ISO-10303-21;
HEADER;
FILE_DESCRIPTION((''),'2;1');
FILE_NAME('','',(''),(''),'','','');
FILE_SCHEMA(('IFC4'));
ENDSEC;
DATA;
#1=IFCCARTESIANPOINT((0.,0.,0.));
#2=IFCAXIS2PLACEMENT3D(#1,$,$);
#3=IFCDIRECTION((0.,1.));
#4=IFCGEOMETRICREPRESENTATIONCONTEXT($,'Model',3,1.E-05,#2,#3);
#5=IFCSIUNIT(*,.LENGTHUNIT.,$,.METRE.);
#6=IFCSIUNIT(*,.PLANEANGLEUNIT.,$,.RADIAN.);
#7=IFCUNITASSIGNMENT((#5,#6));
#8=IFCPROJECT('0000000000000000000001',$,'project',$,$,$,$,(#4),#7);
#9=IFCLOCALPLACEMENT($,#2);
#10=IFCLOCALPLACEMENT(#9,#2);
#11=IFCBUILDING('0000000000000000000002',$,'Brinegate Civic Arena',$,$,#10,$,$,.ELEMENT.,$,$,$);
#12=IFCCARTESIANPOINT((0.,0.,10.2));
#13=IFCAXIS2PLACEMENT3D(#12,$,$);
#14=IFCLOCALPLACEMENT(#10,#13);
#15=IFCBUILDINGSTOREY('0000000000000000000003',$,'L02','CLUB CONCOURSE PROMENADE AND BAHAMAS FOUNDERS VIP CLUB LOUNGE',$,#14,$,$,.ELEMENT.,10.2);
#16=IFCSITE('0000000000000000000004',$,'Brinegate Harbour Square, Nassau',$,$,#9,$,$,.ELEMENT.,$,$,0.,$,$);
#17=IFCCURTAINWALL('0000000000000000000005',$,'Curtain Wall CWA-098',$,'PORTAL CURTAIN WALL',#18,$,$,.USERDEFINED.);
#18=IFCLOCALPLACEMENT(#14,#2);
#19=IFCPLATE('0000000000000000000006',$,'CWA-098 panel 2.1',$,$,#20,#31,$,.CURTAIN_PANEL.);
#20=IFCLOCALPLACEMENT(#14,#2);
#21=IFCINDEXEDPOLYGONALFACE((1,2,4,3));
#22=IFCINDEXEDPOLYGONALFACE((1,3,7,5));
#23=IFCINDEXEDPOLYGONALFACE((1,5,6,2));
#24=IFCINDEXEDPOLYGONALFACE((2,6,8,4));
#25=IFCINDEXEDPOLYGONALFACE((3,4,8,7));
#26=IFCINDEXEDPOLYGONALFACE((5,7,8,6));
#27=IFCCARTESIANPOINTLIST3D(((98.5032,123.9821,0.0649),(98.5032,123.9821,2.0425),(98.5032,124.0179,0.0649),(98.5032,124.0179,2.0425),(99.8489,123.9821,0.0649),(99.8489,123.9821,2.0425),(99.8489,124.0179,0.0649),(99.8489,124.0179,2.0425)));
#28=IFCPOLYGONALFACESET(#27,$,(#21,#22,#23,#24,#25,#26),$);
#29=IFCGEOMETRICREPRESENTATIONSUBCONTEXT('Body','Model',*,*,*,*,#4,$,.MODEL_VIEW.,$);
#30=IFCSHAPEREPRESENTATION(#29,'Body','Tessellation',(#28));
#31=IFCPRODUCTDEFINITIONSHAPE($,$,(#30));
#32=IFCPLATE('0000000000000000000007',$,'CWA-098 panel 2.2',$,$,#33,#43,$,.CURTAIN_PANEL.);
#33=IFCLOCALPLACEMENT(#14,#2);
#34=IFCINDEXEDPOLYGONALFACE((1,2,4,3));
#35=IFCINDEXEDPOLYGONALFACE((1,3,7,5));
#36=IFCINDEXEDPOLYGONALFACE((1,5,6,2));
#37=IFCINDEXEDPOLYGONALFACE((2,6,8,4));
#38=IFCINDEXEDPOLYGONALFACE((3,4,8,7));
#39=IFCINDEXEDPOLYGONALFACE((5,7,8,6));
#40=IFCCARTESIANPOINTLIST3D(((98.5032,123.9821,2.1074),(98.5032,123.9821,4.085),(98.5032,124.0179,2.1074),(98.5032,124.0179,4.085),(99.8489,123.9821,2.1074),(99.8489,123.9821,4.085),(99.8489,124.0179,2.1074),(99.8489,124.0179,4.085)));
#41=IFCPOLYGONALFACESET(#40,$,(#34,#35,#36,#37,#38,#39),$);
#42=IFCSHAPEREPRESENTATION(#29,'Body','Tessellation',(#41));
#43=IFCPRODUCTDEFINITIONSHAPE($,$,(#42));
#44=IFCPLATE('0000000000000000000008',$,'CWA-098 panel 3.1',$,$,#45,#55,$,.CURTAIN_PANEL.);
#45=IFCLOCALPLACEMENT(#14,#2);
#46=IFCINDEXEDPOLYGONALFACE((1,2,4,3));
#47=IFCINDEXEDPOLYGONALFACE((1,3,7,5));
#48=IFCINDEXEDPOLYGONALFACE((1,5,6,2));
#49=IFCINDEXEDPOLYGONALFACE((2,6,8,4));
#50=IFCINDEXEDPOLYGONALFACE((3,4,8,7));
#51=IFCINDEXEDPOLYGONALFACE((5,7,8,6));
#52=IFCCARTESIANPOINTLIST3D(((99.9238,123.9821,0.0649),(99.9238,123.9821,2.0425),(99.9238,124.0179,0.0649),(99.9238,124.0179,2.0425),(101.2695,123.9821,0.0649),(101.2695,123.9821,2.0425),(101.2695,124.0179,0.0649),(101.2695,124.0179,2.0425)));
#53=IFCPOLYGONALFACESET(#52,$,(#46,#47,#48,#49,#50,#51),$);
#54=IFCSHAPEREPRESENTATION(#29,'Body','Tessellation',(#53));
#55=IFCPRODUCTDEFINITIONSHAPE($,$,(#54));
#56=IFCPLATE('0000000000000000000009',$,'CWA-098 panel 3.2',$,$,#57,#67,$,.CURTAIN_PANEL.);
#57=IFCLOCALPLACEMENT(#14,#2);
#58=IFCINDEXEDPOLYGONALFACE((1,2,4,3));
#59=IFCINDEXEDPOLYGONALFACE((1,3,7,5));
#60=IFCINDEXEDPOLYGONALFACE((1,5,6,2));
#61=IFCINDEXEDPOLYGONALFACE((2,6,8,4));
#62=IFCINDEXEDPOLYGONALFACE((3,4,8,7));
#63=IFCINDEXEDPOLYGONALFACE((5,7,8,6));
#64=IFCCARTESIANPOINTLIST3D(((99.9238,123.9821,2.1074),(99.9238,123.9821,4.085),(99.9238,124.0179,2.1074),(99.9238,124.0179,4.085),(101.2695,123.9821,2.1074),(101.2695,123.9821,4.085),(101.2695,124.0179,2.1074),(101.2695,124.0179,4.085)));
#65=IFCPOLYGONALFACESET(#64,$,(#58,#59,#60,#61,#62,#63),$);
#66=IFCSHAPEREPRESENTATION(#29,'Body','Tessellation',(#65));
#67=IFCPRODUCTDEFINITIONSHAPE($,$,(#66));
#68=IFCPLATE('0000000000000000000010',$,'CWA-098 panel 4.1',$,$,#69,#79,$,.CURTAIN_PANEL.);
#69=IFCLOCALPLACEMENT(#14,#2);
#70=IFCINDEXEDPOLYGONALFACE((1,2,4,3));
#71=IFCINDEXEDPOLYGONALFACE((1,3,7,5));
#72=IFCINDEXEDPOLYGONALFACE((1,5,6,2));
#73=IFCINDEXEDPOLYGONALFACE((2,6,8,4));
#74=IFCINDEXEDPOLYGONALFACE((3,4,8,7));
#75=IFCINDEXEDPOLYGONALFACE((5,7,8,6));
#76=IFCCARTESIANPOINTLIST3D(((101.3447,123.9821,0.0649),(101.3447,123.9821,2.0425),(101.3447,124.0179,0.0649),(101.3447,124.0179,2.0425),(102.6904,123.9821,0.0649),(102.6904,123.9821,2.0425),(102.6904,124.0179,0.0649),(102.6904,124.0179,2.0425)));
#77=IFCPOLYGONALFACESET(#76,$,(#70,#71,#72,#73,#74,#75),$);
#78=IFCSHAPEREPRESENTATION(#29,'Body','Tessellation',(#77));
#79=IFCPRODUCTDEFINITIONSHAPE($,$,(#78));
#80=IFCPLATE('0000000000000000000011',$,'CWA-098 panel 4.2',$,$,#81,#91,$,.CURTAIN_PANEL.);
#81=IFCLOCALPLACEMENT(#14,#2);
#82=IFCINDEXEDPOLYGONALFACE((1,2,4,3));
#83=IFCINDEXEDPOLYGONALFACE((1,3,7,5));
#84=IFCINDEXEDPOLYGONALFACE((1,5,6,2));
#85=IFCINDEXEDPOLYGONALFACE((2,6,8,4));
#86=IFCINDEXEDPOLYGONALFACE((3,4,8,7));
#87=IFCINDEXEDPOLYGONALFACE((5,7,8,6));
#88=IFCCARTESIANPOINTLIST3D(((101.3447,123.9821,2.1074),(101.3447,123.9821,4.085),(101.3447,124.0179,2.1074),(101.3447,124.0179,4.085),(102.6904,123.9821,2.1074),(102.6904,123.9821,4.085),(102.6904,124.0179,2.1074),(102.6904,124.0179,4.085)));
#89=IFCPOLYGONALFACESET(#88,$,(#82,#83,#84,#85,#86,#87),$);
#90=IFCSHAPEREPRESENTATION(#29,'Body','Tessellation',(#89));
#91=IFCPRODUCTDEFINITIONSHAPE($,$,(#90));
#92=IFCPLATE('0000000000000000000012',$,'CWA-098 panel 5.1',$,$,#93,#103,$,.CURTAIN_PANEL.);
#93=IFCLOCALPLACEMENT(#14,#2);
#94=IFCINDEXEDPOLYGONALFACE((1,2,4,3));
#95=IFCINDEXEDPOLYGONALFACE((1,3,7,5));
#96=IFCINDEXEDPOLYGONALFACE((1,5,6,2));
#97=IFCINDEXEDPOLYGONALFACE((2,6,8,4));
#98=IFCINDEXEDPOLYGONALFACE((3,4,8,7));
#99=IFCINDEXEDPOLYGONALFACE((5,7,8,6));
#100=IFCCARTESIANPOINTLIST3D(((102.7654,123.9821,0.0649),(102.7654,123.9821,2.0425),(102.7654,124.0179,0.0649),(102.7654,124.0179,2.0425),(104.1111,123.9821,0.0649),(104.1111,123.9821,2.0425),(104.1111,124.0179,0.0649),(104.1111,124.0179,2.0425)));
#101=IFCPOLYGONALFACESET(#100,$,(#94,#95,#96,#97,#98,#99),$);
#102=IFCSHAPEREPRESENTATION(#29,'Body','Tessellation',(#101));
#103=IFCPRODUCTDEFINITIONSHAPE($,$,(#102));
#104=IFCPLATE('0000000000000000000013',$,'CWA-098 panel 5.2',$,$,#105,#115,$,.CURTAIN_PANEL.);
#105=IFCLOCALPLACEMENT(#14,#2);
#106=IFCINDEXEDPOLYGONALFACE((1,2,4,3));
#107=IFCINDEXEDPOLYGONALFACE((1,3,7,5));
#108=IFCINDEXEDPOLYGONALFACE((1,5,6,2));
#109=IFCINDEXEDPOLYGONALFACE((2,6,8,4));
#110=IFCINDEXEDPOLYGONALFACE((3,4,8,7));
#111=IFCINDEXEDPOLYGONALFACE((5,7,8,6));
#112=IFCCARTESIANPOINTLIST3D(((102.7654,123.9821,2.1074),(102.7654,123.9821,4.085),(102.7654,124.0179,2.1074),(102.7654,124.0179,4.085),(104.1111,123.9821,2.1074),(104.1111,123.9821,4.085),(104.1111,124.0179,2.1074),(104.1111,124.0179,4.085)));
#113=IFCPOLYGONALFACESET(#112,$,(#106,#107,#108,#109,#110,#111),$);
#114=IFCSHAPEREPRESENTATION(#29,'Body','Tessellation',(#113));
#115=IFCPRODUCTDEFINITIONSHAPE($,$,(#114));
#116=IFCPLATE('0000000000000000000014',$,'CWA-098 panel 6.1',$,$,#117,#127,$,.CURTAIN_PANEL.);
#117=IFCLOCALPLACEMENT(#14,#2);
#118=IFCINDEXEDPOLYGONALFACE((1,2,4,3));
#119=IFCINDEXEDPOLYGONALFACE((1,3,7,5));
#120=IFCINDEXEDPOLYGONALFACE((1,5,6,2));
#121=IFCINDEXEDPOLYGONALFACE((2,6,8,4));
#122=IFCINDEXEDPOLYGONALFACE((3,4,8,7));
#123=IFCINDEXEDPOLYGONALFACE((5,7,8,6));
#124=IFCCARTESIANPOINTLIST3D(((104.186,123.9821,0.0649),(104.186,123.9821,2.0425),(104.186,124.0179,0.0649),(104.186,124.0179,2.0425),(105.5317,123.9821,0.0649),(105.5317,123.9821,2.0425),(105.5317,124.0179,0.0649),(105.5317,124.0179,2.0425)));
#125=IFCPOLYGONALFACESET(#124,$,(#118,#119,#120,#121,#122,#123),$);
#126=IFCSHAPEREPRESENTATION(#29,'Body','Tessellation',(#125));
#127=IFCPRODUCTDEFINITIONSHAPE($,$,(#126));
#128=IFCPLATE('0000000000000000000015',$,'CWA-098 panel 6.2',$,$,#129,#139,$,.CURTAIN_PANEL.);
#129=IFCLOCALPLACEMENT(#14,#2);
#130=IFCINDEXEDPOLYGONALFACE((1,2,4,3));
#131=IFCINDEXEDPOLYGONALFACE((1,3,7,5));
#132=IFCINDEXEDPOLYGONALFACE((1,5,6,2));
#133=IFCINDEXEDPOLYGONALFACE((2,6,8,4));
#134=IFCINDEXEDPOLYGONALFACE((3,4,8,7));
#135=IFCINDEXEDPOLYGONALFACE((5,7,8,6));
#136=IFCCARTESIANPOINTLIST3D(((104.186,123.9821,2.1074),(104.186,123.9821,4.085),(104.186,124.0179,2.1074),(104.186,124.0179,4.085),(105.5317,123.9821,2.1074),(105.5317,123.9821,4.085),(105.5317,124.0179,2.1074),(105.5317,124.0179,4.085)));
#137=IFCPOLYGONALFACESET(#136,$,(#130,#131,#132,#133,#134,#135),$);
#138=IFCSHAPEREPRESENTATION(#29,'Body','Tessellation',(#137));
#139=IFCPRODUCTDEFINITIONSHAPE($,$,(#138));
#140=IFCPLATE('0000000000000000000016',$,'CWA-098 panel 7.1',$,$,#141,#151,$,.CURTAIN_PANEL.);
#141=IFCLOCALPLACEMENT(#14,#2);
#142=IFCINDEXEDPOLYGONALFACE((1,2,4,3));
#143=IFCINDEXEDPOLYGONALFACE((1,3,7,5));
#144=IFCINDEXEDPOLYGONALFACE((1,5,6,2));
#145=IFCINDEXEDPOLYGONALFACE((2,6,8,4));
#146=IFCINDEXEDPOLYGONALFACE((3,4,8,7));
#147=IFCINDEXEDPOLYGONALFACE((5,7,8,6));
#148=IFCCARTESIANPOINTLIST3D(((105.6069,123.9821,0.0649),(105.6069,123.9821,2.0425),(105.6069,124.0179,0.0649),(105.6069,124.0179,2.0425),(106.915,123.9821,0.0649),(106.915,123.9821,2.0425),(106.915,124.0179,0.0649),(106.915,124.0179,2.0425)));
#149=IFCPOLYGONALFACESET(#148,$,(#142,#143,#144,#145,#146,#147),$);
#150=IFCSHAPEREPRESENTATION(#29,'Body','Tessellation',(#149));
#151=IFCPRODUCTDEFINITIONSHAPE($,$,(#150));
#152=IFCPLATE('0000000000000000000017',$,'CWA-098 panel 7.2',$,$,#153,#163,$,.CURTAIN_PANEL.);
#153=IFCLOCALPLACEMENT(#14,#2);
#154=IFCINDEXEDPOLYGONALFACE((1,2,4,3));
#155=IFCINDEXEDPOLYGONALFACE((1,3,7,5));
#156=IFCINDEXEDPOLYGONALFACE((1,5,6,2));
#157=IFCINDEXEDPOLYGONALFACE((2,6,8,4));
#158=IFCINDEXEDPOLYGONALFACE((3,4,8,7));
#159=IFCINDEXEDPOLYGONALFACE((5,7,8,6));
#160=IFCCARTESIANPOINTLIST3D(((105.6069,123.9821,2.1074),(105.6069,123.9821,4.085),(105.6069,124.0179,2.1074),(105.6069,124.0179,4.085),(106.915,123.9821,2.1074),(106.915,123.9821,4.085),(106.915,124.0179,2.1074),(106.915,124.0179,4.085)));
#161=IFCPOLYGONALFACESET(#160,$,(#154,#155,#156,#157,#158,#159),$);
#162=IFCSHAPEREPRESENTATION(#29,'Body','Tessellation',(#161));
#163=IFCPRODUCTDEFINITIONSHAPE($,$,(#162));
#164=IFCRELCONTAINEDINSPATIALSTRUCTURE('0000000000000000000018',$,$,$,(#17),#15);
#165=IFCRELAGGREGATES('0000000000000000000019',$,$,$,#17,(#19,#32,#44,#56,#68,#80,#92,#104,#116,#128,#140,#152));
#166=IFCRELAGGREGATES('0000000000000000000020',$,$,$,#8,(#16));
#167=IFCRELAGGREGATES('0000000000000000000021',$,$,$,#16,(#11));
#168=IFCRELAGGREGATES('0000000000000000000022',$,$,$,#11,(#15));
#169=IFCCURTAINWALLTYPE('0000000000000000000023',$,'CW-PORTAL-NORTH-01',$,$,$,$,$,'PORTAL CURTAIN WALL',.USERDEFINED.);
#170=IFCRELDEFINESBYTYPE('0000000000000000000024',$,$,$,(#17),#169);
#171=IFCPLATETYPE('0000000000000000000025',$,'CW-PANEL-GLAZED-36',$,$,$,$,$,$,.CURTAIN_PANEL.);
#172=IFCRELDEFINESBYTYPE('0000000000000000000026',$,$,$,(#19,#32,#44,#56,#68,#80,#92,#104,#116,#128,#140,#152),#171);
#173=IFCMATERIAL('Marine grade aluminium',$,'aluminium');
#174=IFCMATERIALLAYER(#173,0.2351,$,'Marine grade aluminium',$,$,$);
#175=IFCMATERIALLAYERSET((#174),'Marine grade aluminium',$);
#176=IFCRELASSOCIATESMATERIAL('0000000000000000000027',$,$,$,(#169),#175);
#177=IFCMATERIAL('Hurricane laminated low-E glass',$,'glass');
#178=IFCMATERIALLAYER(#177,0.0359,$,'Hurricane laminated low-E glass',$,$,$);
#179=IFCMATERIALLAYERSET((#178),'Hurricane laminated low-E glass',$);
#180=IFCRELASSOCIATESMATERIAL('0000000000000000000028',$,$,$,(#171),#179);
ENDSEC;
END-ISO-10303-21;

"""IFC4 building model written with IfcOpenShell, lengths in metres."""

from ifc_helpers import new_model, si_unit, direction, frame, origin, origin_2d, place, context, subcontext, project, spatial, rectangle, extrude, material, layer, layer_set, type_object, element, aggregate, save


model = new_model("IFC4")

# Units and contexts
model_context = context("Model", 3, precision=1e-05, world=origin(), true_north=direction((0.0, 1.0)))
body_context = subcontext(model_context, "Body", "Model", "MODEL_VIEW")
ifc_project = project(units=[si_unit("LENGTHUNIT", "METRE"), si_unit("PLANEANGLEUNIT", "RADIAN")], contexts=[model_context])

# Site, building, storey
site_placement = place(None, origin())
site = spatial("IfcSite", under=ifc_project, at=site_placement, Name="Brinegate Harbour Square, Nassau", CompositionType="ELEMENT", RefElevation=0.0)
building_placement = place(site_placement, origin())
building = spatial("IfcBuilding", under=site, at=building_placement, Name="Brinegate Civic Arena", CompositionType="ELEMENT")
storey_placement = place(building_placement, frame((0.0, 0.0, 10.2)))
storey = spatial("IfcBuildingStorey", under=building, at=storey_placement, Name="L02", Description="CLUB CONCOURSE PROMENADE AND BAHAMAS FOUNDERS VIP CLUB LOUNGE", CompositionType="ELEMENT", Elevation=10.2)

# Curtain wall
ifc_material_1 = material(Name="Marine grade aluminium", Category="aluminium")
ifc_layer_1 = layer(ifc_material_1, 0.2351, Name="Marine grade aluminium")
ifc_layer_set_1 = layer_set([ifc_layer_1], Name="Marine grade aluminium")
curtain_wall_type = type_object("IfcCurtainWallType", Name="CW-PORTAL-NORTH-01", ElementType="PORTAL CURTAIN WALL", PredefinedType="USERDEFINED", material=ifc_layer_set_1)
curtain_wall_placement = place(storey_placement, origin())
curtain_wall = element("IfcCurtainWall", 1, at=curtain_wall_placement, inside=storey, type_object=curtain_wall_type, Name="Curtain Wall CWA-098", ObjectType="PORTAL CURTAIN WALL", PredefinedType="USERDEFINED")

# Plates
ifc_material_2 = material(Name="Hurricane laminated low-E glass", Category="glass")
ifc_layer_2 = layer(ifc_material_2, 0.0359, Name="Hurricane laminated low-E glass")
ifc_layer_set_2 = layer_set([ifc_layer_2], Name="Hurricane laminated low-E glass")
plate_type = type_object("IfcPlateType", Name="CW-PANEL-GLAZED-36", PredefinedType="CURTAIN_PANEL", material=ifc_layer_set_2)
plate_1_placement = place(storey_placement, frame((99.176, 124.0, 0.0649), z_axis=(0.0, 0.0, 1.0), x_axis=(1.0, 0.0, 0.0)))
plate_1 = element("IfcPlate", 2, at=plate_1_placement, type_object=plate_type, Name="CWA-098 panel 2.1", PredefinedType="CURTAIN_PANEL", context=body_context, shape_type="SweptSolid", body=[
    extrude(rectangle(XDim=1.3457, YDim=0.0359, at=origin_2d()), origin(), (0.0, 0.0, 1.0), 1.9775),
])
plate_2_placement = place(storey_placement, frame((99.176, 124.0, 2.1074), z_axis=(0.0, 0.0, 1.0), x_axis=(1.0, 0.0, 0.0)))
plate_2 = element("IfcPlate", 3, at=plate_2_placement, type_object=plate_type, Name="CWA-098 panel 2.2", PredefinedType="CURTAIN_PANEL", context=body_context, shape_type="SweptSolid", body=[
    extrude(rectangle(XDim=1.3457, YDim=0.0359, at=origin_2d()), origin(), (0.0, 0.0, 1.0), 1.9775),
])
plate_3_placement = place(storey_placement, frame((100.5967, 124.0, 0.0649), z_axis=(0.0, 0.0, 1.0), x_axis=(1.0, 0.0, 0.0)))
plate_3 = element("IfcPlate", 4, at=plate_3_placement, type_object=plate_type, Name="CWA-098 panel 3.1", PredefinedType="CURTAIN_PANEL", context=body_context, shape_type="SweptSolid", body=[
    extrude(rectangle(XDim=1.3457, YDim=0.0359, at=origin_2d()), origin(), (0.0, 0.0, 1.0), 1.9775),
])
plate_4_placement = place(storey_placement, frame((100.5967, 124.0, 2.1074), z_axis=(0.0, 0.0, 1.0), x_axis=(1.0, 0.0, 0.0)))
plate_4 = element("IfcPlate", 5, at=plate_4_placement, type_object=plate_type, Name="CWA-098 panel 3.2", PredefinedType="CURTAIN_PANEL", context=body_context, shape_type="SweptSolid", body=[
    extrude(rectangle(XDim=1.3457, YDim=0.0359, at=origin_2d()), origin(), (0.0, 0.0, 1.0), 1.9775),
])
plate_5_placement = place(storey_placement, frame((102.0176, 124.0, 0.0649), z_axis=(0.0, 0.0, 1.0), x_axis=(1.0, 0.0, 0.0)))
plate_5 = element("IfcPlate", 6, at=plate_5_placement, type_object=plate_type, Name="CWA-098 panel 4.1", PredefinedType="CURTAIN_PANEL", context=body_context, shape_type="SweptSolid", body=[
    extrude(rectangle(XDim=1.3457, YDim=0.0359, at=origin_2d()), origin(), (0.0, 0.0, 1.0), 1.9775),
])
plate_6_placement = place(storey_placement, frame((102.0176, 124.0, 2.1074), z_axis=(0.0, 0.0, 1.0), x_axis=(1.0, 0.0, 0.0)))
plate_6 = element("IfcPlate", 7, at=plate_6_placement, type_object=plate_type, Name="CWA-098 panel 4.2", PredefinedType="CURTAIN_PANEL", context=body_context, shape_type="SweptSolid", body=[
    extrude(rectangle(XDim=1.3457, YDim=0.0359, at=origin_2d()), origin(), (0.0, 0.0, 1.0), 1.9775),
])
plate_7_placement = place(storey_placement, frame((103.4382, 124.0, 0.0649), z_axis=(0.0, 0.0, 1.0), x_axis=(1.0, 0.0, 0.0)))
plate_7 = element("IfcPlate", 8, at=plate_7_placement, type_object=plate_type, Name="CWA-098 panel 5.1", PredefinedType="CURTAIN_PANEL", context=body_context, shape_type="SweptSolid", body=[
    extrude(rectangle(XDim=1.3457, YDim=0.0359, at=origin_2d()), origin(), (0.0, 0.0, 1.0), 1.9775),
])
plate_8_placement = place(storey_placement, frame((103.4382, 124.0, 2.1074), z_axis=(0.0, 0.0, 1.0), x_axis=(1.0, 0.0, 0.0)))
plate_8 = element("IfcPlate", 9, at=plate_8_placement, type_object=plate_type, Name="CWA-098 panel 5.2", PredefinedType="CURTAIN_PANEL", context=body_context, shape_type="SweptSolid", body=[
    extrude(rectangle(XDim=1.3457, YDim=0.0359, at=origin_2d()), origin(), (0.0, 0.0, 1.0), 1.9775),
])
plate_9_placement = place(storey_placement, frame((104.8589, 124.0, 0.0649), z_axis=(0.0, 0.0, 1.0), x_axis=(1.0, 0.0, 0.0)))
plate_9 = element("IfcPlate", 10, at=plate_9_placement, type_object=plate_type, Name="CWA-098 panel 6.1", PredefinedType="CURTAIN_PANEL", context=body_context, shape_type="SweptSolid", body=[
    extrude(rectangle(XDim=1.3457, YDim=0.0359, at=origin_2d()), origin(), (0.0, 0.0, 1.0), 1.9775),
])
plate_10_placement = place(storey_placement, frame((104.8589, 124.0, 2.1074), z_axis=(0.0, 0.0, 1.0), x_axis=(1.0, 0.0, 0.0)))
plate_10 = element("IfcPlate", 11, at=plate_10_placement, type_object=plate_type, Name="CWA-098 panel 6.2", PredefinedType="CURTAIN_PANEL", context=body_context, shape_type="SweptSolid", body=[
    extrude(rectangle(XDim=1.3457, YDim=0.0359, at=origin_2d()), origin(), (0.0, 0.0, 1.0), 1.9775),
])
plate_11_placement = place(storey_placement, frame((106.261, 124.0, 0.0649), z_axis=(0.0, 0.0, 1.0), x_axis=(1.0, 0.0, 0.0)))
plate_11 = element("IfcPlate", 12, at=plate_11_placement, type_object=plate_type, Name="CWA-098 panel 7.1", PredefinedType="CURTAIN_PANEL", context=body_context, shape_type="SweptSolid", body=[
    extrude(rectangle(XDim=1.3081, YDim=0.0359, at=origin_2d()), origin(), (0.0, 0.0, 1.0), 1.9775),
])
plate_12_placement = place(storey_placement, frame((106.261, 124.0, 2.1074), z_axis=(0.0, 0.0, 1.0), x_axis=(1.0, 0.0, 0.0)))
plate_12 = element("IfcPlate", 13, at=plate_12_placement, type_object=plate_type, Name="CWA-098 panel 7.2", PredefinedType="CURTAIN_PANEL", context=body_context, shape_type="SweptSolid", body=[
    extrude(rectangle(XDim=1.3081, YDim=0.0359, at=origin_2d()), origin(), (0.0, 0.0, 1.0), 1.9775),
])
aggregate(curtain_wall, [plate_1, plate_2, plate_3, plate_4, plate_5, plate_6, plate_7, plate_8, plate_9, plate_10, plate_11, plate_12])

save(model, "model.ifc")
